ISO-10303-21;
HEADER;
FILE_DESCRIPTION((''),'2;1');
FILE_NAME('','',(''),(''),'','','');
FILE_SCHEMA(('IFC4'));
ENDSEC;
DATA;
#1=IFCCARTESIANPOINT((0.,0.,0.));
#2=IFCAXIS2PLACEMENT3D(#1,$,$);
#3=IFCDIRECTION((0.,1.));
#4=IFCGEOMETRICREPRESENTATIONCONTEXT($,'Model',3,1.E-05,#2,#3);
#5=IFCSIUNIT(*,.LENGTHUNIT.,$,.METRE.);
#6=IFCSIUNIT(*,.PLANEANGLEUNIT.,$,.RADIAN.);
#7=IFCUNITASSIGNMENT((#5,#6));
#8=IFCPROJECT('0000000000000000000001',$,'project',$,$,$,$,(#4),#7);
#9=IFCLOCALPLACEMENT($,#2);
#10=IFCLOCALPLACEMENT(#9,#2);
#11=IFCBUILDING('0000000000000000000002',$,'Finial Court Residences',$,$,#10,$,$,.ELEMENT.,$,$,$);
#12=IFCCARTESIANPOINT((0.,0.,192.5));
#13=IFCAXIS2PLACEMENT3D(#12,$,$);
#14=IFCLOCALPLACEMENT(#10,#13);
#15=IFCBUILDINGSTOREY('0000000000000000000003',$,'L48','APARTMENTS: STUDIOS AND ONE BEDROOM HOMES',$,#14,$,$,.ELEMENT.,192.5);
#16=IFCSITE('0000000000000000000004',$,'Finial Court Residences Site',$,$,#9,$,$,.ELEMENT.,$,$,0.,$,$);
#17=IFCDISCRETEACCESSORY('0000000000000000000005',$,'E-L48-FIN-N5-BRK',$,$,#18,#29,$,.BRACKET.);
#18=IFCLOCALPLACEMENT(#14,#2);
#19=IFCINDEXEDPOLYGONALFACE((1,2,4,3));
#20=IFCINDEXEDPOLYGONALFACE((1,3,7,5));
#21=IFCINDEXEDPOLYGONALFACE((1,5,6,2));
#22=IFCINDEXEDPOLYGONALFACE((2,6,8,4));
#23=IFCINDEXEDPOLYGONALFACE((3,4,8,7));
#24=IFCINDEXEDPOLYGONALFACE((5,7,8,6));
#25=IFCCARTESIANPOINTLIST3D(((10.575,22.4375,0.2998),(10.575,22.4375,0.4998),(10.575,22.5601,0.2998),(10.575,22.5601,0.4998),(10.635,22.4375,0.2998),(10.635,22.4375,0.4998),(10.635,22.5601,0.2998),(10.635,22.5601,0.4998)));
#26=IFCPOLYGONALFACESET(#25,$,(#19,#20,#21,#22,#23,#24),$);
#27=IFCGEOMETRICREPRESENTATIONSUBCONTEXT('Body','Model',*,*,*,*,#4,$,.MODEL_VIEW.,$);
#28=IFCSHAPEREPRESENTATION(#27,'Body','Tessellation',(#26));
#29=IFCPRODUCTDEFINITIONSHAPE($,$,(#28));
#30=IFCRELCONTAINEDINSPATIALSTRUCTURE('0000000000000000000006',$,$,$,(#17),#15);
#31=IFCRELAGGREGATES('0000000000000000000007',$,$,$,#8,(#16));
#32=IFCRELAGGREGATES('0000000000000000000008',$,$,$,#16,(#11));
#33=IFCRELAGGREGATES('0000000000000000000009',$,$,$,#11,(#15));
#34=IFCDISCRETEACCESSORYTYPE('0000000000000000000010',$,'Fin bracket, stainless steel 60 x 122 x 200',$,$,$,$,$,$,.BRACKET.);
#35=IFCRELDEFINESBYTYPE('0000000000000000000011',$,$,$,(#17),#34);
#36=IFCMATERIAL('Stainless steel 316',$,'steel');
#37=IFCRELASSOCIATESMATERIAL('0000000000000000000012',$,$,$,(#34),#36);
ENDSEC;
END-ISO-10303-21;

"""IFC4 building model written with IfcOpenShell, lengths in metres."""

from ifc_helpers import new_model, si_unit, direction, frame, origin, origin_2d, place, context, subcontext, project, spatial, rectangle, extrude, material, type_object, element, save


model = new_model("IFC4")

# Units and contexts
model_context = context("Model", 3, precision=1e-05, world=origin(), true_north=direction((0.0, 1.0)))
body_context = subcontext(model_context, "Body", "Model", "MODEL_VIEW")
ifc_project = project(units=[si_unit("LENGTHUNIT", "METRE"), si_unit("PLANEANGLEUNIT", "RADIAN")], contexts=[model_context])

# Site, building, storey
site_placement = place(None, origin())
site = spatial("IfcSite", under=ifc_project, at=site_placement, Name="Finial Court Residences Site", CompositionType="ELEMENT", RefElevation=0.0)
building_placement = place(site_placement, origin())
building = spatial("IfcBuilding", under=site, at=building_placement, Name="Finial Court Residences", CompositionType="ELEMENT")
storey_placement = place(building_placement, frame((0.0, 0.0, 192.5)))
storey = spatial("IfcBuildingStorey", under=building, at=storey_placement, Name="L48", Description="APARTMENTS: STUDIOS AND ONE BEDROOM HOMES", CompositionType="ELEMENT", Elevation=192.5)

# Discrete accessory
ifc_material_1 = material(Name="Stainless steel 316", Category="steel")
discrete_accessory_type = type_object("IfcDiscreteAccessoryType", Name="Fin bracket, stainless steel 60 x 122 x 200", PredefinedType="BRACKET", material=ifc_material_1)
discrete_accessory_placement = place(storey_placement, frame((10.605, 22.4988, 0.2998), z_axis=(0.0, 0.0, 1.0), x_axis=(1.0, 0.0, 0.0)))
element("IfcDiscreteAccessory", 1, at=discrete_accessory_placement, inside=storey, type_object=discrete_accessory_type, Name="E-L48-FIN-N5-BRK", PredefinedType="BRACKET", context=body_context, shape_type="SweptSolid", body=[
    extrude(rectangle(XDim=0.0601, YDim=0.1226, at=origin_2d()), origin(), (0.0, 0.0, 1.0), 0.2),
])

save(model, "model.ifc")
